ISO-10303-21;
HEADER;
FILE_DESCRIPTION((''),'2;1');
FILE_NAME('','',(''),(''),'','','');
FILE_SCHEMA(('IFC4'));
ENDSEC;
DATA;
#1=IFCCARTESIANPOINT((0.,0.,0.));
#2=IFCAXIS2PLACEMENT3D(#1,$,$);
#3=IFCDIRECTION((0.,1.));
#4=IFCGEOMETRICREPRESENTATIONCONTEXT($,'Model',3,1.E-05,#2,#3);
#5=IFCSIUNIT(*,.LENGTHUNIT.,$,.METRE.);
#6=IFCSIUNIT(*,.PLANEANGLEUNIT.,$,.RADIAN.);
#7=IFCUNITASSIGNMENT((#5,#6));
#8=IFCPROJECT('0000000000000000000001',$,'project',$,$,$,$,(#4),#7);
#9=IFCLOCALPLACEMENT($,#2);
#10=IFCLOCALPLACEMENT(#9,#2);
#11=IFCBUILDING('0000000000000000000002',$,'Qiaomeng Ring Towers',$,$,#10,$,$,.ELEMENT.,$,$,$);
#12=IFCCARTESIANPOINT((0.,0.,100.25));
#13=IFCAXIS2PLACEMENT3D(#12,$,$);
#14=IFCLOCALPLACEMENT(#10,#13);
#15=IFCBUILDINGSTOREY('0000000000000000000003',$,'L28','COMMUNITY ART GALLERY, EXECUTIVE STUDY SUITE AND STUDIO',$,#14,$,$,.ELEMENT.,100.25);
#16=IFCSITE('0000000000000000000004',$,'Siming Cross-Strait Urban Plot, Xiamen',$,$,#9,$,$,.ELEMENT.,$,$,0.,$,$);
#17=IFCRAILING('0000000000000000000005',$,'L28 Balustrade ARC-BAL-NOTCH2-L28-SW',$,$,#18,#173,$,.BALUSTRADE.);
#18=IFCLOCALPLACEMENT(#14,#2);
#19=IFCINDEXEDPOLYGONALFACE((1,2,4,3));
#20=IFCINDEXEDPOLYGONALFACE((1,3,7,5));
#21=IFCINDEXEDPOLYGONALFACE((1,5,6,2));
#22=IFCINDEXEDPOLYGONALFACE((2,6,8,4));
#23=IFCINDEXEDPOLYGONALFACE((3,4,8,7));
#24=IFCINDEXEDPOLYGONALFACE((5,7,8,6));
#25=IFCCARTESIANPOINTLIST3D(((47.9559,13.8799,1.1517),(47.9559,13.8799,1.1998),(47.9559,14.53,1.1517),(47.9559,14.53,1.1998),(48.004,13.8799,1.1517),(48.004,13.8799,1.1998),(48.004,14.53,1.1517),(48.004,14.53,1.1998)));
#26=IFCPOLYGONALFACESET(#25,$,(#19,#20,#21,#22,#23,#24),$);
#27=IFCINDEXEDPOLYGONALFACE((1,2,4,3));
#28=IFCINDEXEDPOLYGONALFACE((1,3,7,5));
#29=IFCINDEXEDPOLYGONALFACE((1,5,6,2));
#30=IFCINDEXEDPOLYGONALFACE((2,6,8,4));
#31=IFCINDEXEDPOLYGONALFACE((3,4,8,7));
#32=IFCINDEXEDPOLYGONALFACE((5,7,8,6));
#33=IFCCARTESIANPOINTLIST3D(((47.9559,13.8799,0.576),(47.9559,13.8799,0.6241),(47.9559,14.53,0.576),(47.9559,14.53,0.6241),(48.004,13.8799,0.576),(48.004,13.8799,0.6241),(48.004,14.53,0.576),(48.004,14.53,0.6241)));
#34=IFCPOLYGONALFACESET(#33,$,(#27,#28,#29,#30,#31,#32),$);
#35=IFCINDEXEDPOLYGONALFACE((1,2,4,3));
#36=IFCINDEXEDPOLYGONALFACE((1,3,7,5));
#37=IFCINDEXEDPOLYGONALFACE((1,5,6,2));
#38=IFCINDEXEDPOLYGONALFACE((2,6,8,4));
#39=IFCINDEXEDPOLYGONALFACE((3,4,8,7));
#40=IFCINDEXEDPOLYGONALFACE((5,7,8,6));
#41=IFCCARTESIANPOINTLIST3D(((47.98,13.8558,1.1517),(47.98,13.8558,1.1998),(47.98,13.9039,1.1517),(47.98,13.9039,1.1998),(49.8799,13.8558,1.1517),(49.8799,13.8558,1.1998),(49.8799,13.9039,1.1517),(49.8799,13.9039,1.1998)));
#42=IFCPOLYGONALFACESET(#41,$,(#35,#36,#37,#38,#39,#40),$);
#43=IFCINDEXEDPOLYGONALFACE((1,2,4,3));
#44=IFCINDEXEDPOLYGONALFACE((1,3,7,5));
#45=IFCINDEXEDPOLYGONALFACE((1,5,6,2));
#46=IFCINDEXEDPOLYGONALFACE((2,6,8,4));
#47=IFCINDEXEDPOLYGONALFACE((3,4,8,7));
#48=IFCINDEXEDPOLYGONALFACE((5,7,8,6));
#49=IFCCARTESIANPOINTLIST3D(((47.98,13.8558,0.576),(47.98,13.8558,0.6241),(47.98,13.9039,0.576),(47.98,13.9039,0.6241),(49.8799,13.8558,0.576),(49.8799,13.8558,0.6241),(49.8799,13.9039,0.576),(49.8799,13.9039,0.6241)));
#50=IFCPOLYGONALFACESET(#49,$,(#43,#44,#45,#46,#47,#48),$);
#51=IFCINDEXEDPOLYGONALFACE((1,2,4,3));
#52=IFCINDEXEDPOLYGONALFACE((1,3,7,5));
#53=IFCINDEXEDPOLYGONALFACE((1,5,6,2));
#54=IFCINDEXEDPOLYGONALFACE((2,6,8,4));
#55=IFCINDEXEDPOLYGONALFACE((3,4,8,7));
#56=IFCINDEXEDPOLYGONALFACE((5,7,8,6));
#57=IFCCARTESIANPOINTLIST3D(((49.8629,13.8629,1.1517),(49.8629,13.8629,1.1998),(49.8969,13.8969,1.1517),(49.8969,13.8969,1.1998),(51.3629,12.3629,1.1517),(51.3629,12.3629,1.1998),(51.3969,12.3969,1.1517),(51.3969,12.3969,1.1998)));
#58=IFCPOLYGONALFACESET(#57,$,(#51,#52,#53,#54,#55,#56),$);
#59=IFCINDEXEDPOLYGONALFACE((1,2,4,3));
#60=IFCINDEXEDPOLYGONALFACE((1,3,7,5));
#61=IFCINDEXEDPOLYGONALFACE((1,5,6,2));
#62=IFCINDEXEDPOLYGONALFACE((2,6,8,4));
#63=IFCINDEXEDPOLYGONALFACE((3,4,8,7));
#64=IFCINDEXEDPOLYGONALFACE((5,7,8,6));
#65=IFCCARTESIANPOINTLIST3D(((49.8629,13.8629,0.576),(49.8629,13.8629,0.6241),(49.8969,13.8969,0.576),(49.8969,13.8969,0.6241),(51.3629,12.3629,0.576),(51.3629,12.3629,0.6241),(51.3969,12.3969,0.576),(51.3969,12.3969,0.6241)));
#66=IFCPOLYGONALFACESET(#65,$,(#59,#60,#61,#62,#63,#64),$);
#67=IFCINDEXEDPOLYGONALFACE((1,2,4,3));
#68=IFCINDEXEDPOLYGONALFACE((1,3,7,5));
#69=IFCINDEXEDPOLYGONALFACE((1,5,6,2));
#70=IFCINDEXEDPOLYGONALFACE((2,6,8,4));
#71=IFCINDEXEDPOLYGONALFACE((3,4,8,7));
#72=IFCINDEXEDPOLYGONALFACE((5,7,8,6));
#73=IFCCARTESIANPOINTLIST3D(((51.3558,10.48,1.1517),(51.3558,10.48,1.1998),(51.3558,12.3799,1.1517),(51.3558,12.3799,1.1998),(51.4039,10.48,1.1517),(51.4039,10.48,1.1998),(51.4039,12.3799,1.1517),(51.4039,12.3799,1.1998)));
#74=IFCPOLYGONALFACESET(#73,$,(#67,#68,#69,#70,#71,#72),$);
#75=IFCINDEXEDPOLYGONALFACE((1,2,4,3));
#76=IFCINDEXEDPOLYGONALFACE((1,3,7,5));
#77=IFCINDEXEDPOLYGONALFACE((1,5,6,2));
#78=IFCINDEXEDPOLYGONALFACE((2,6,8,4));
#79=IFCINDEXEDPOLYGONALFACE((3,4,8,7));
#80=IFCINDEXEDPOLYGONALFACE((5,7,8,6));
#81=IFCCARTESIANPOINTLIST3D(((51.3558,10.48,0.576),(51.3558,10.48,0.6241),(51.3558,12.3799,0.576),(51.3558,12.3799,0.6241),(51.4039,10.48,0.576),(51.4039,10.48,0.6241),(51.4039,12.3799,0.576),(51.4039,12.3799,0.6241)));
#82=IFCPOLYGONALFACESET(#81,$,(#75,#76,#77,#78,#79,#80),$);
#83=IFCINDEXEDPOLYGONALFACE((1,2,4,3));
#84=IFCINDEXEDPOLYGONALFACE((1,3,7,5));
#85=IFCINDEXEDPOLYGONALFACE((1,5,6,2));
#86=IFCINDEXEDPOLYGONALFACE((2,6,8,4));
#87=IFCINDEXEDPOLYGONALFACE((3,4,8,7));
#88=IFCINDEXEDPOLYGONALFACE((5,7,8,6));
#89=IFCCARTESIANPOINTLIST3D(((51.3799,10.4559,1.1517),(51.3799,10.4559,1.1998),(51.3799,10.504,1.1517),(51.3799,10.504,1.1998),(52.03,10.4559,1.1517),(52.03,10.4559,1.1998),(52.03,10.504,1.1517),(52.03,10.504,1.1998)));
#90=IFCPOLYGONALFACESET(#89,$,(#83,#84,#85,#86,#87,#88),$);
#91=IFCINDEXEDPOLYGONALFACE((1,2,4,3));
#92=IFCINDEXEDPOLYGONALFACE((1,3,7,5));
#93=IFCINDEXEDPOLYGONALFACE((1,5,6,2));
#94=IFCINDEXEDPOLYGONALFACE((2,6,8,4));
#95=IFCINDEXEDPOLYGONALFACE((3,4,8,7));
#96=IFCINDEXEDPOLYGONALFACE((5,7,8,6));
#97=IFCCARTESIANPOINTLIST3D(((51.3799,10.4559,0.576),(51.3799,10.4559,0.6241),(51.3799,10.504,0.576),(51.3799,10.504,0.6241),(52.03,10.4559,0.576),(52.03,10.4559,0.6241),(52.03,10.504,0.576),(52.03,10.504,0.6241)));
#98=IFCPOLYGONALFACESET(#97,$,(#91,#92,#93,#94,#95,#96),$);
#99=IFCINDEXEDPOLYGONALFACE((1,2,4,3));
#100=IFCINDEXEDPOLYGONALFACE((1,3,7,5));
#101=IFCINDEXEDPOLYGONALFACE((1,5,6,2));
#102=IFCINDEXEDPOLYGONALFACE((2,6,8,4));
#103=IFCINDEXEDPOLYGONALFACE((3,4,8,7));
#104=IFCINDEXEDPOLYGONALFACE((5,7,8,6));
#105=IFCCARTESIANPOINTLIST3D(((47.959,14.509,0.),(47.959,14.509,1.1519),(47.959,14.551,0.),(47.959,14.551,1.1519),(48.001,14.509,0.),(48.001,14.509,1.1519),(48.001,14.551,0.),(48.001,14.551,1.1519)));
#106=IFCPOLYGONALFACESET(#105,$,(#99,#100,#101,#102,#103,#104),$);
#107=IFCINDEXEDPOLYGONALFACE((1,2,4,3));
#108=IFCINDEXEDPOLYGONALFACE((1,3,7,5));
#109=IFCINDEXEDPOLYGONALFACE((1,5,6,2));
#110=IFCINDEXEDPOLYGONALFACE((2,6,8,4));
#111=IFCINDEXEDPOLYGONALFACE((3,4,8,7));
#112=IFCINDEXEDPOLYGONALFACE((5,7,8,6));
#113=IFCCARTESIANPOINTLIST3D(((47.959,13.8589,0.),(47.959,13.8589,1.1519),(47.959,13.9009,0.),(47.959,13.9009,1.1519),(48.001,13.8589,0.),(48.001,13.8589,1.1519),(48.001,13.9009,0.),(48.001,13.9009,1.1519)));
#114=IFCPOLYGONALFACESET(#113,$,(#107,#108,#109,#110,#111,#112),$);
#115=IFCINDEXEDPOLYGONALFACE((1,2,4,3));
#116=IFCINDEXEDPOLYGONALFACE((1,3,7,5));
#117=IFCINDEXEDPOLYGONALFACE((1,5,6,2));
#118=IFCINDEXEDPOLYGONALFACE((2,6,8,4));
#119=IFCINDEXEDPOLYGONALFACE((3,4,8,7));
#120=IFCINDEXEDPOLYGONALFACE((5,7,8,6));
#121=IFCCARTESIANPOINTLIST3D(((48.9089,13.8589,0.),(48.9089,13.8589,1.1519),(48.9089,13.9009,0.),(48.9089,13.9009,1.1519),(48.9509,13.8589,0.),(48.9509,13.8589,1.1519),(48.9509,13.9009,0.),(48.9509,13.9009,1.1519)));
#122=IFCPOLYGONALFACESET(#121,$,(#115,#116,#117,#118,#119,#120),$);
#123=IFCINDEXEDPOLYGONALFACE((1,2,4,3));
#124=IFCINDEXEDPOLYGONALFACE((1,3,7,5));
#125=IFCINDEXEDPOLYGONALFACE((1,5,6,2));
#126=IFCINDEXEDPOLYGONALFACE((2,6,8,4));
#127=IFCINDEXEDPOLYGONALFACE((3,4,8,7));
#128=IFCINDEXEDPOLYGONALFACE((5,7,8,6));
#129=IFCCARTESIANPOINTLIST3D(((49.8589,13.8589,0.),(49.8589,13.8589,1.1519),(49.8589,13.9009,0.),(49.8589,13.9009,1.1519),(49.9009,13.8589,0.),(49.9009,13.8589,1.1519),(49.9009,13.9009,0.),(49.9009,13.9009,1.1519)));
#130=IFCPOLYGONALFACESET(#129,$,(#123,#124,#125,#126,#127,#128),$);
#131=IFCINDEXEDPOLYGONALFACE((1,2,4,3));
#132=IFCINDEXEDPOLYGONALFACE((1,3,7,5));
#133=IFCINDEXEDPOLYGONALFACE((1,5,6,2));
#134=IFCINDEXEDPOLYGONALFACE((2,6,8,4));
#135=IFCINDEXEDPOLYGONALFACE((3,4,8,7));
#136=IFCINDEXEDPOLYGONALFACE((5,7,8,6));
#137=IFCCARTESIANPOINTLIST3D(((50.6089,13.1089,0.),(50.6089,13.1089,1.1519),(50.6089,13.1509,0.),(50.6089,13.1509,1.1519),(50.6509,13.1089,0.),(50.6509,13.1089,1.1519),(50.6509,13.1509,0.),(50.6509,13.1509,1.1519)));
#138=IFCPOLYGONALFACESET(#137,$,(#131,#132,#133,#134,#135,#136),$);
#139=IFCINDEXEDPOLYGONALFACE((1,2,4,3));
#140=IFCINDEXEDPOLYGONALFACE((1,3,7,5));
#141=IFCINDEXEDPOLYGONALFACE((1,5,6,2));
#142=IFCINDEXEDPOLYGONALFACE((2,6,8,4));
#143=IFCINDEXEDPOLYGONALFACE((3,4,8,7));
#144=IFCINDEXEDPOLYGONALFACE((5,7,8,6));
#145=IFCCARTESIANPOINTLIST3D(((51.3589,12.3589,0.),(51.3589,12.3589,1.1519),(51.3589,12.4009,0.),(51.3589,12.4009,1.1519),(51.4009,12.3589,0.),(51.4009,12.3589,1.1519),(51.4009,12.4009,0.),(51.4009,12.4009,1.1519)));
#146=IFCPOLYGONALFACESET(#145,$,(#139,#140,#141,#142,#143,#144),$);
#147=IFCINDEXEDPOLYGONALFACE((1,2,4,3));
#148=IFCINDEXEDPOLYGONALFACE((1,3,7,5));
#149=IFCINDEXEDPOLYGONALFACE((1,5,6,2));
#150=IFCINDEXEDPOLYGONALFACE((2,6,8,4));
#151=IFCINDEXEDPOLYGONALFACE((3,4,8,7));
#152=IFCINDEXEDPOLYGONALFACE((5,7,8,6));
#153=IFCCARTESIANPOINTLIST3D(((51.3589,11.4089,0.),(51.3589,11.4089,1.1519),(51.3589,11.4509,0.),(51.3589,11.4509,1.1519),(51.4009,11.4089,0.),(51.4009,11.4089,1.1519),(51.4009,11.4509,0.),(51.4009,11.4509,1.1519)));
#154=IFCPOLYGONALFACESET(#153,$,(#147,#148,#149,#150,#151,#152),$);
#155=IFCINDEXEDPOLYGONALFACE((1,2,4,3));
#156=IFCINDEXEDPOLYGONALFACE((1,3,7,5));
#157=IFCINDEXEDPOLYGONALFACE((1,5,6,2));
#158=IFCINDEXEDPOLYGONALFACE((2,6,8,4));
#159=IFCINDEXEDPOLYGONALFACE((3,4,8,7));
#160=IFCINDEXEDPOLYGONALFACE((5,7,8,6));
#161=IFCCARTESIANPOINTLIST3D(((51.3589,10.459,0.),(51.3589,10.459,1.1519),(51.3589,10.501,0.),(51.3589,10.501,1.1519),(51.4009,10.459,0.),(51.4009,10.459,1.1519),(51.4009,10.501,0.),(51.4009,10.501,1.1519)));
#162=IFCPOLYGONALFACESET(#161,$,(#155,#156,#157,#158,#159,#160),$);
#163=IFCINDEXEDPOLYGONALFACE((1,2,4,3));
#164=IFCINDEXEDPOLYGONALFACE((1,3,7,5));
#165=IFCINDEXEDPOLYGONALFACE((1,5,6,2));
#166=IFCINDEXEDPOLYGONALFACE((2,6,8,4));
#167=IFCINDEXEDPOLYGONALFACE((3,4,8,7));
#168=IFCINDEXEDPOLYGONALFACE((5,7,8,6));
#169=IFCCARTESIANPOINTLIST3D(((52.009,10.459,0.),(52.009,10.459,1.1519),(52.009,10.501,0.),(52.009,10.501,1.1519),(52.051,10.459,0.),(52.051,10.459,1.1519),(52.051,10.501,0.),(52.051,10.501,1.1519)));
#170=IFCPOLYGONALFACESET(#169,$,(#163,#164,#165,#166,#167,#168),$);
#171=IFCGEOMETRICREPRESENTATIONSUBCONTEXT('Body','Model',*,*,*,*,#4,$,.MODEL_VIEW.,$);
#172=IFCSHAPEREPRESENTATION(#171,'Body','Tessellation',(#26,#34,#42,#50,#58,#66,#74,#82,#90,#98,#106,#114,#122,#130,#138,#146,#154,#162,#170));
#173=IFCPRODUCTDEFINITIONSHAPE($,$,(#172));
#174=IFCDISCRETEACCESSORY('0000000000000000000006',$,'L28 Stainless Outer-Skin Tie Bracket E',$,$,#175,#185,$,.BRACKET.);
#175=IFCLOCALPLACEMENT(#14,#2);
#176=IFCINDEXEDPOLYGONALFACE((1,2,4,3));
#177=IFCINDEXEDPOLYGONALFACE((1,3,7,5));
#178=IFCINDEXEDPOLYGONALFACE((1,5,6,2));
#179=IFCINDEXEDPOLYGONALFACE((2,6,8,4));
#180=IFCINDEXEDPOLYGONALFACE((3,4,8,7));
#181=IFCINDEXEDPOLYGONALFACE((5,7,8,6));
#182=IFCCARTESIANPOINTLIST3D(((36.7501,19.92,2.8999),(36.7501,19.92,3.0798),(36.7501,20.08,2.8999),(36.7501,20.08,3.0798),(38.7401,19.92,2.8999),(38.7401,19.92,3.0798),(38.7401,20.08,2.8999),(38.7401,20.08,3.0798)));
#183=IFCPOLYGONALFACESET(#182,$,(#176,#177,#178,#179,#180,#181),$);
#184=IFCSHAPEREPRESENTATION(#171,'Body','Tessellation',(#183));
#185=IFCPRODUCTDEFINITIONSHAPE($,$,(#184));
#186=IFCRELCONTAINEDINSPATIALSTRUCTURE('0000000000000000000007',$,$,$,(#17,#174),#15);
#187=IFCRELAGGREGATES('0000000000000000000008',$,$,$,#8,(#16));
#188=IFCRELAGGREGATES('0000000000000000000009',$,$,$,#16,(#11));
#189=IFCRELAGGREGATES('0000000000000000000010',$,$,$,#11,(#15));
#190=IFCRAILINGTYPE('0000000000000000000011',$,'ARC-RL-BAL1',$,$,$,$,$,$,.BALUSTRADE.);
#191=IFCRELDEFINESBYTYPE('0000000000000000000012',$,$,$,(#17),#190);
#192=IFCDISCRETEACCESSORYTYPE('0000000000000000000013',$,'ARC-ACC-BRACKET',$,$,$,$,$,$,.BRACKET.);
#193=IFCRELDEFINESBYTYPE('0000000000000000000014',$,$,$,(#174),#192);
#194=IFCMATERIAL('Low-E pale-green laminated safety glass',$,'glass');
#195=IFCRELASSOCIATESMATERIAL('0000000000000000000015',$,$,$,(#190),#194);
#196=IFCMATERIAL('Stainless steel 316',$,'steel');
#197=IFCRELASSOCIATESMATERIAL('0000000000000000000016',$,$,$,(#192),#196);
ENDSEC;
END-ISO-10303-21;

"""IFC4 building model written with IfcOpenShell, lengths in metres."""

from ifc_helpers import new_model, si_unit, direction, frame, origin, origin_2d, place, context, subcontext, project, spatial, rectangle, extrude, source, transform, mapped, material, type_object, element, save


model = new_model("IFC4")

# Units and contexts
model_context = context("Model", 3, precision=1e-05, world=origin(), true_north=direction((0.0, 1.0)))
body_context = subcontext(model_context, "Body", "Model", "MODEL_VIEW")
ifc_project = project(units=[si_unit("LENGTHUNIT", "METRE"), si_unit("PLANEANGLEUNIT", "RADIAN")], contexts=[model_context])

# Site, building, storey
site_placement = place(None, origin())
site = spatial("IfcSite", under=ifc_project, at=site_placement, Name="Siming Cross-Strait Urban Plot, Xiamen", CompositionType="ELEMENT", RefElevation=0.0)
building_placement = place(site_placement, origin())
building = spatial("IfcBuilding", under=site, at=building_placement, Name="Qiaomeng Ring Towers", CompositionType="ELEMENT")
storey_placement = place(building_placement, frame((0.0, 0.0, 100.25)))
storey = spatial("IfcBuildingStorey", under=building, at=storey_placement, Name="L28", Description="COMMUNITY ART GALLERY, EXECUTIVE STUDY SUITE AND STUDIO", CompositionType="ELEMENT", Elevation=100.25)

# Railing
ifc_material_1 = material(Name="Low-E pale-green laminated safety glass", Category="glass")
railing_type = type_object("IfcRailingType", Name="ARC-RL-BAL1", PredefinedType="BALUSTRADE", material=ifc_material_1)
railing_1_placement = place(storey_placement, frame((47.98, 14.53, 0.0)))
element("IfcRailing", 1, at=railing_1_placement, inside=storey, type_object=railing_type, Name="L28 Balustrade ARC-BAL-NOTCH2-L28-SW", PredefinedType="BALUSTRADE", context=body_context, shape_type="SweptSolid", body=[
    extrude(rectangle(XDim=0.0481, YDim=0.0481, at=origin_2d()), frame((0.0, 0.0, 1.1758), z_axis=(0.0, -1.0, 0.0), x_axis=(1.0, 0.0, 0.0)), (0.0, 0.0, 1.0), 0.6501),
    extrude(rectangle(XDim=0.0481, YDim=0.0481, at=origin_2d()), frame((0.0, 0.0, 0.6001), z_axis=(0.0, -1.0, 0.0), x_axis=(1.0, 0.0, 0.0)), (0.0, 0.0, 1.0), 0.6501),
    extrude(rectangle(XDim=0.0481, YDim=0.0481, at=origin_2d()), frame((0.0, -0.6501, 1.1758), z_axis=(1.0, 0.0, 0.0), x_axis=(0.0, 1.0, 0.0)), (0.0, 0.0, 1.0), 1.8999),
    extrude(rectangle(XDim=0.0481, YDim=0.0481, at=origin_2d()), frame((0.0, -0.6501, 0.6001), z_axis=(1.0, 0.0, 0.0), x_axis=(0.0, 1.0, 0.0)), (0.0, 0.0, 1.0), 1.8999),
    extrude(rectangle(XDim=0.0481, YDim=0.0481, at=origin_2d()), frame((1.8999, -0.6501, 1.1758), z_axis=(0.707107, -0.707107, 0.0), x_axis=(0.707107, 0.707107, 0.0)), (0.0, 0.0, 1.0), 2.1213),
    extrude(rectangle(XDim=0.0481, YDim=0.0481, at=origin_2d()), frame((1.8999, -0.6501, 0.6001), z_axis=(0.707107, -0.707107, 0.0), x_axis=(0.707107, 0.707107, 0.0)), (0.0, 0.0, 1.0), 2.1213),
    extrude(rectangle(XDim=0.0481, YDim=0.0481, at=origin_2d()), frame((3.3999, -2.1501, 1.1758), z_axis=(0.0, -1.0, 0.0), x_axis=(1.0, 0.0, 0.0)), (0.0, 0.0, 1.0), 1.8999),
    extrude(rectangle(XDim=0.0481, YDim=0.0481, at=origin_2d()), frame((3.3999, -2.1501, 0.6001), z_axis=(0.0, -1.0, 0.0), x_axis=(1.0, 0.0, 0.0)), (0.0, 0.0, 1.0), 1.8999),
    extrude(rectangle(XDim=0.0481, YDim=0.0481, at=origin_2d()), frame((3.3999, -4.05, 1.1758), z_axis=(1.0, 0.0, 0.0), x_axis=(0.0, 1.0, 0.0)), (0.0, 0.0, 1.0), 0.6501),
    extrude(rectangle(XDim=0.0481, YDim=0.0481, at=origin_2d()), frame((3.3999, -4.05, 0.6001), z_axis=(1.0, 0.0, 0.0), x_axis=(0.0, 1.0, 0.0)), (0.0, 0.0, 1.0), 0.6501),
    extrude(rectangle(XDim=0.042, YDim=0.042, at=origin_2d()), origin(), (0.0, 0.0, 1.0), 1.1519),
    extrude(rectangle(XDim=0.042, YDim=0.042, at=origin_2d()), frame((0.0, -0.6501, 0.0)), (0.0, 0.0, 1.0), 1.1519),
    extrude(rectangle(XDim=0.042, YDim=0.042, at=origin_2d()), frame((0.95, -0.6501, 0.0)), (0.0, 0.0, 1.0), 1.1519),
    extrude(rectangle(XDim=0.042, YDim=0.042, at=origin_2d()), frame((1.8999, -0.6501, 0.0)), (0.0, 0.0, 1.0), 1.1519),
    extrude(rectangle(XDim=0.042, YDim=0.042, at=origin_2d()), frame((2.6499, -1.4001, 0.0)), (0.0, 0.0, 1.0), 1.1519),
    extrude(rectangle(XDim=0.042, YDim=0.042, at=origin_2d()), frame((3.3999, -2.1501, 0.0)), (0.0, 0.0, 1.0), 1.1519),
    extrude(rectangle(XDim=0.042, YDim=0.042, at=origin_2d()), frame((3.3999, -3.1001, 0.0)), (0.0, 0.0, 1.0), 1.1519),
    extrude(rectangle(XDim=0.042, YDim=0.042, at=origin_2d()), frame((3.3999, -4.05, 0.0)), (0.0, 0.0, 1.0), 1.1519),
    extrude(rectangle(XDim=0.042, YDim=0.042, at=origin_2d()), frame((4.05, -4.05, 0.0)), (0.0, 0.0, 1.0), 1.1519),
])

# Discrete accessory
ifc_material_2 = material(Name="Stainless steel 316", Category="steel")
discrete_accessory_type = type_object("IfcDiscreteAccessoryType", Name="ARC-ACC-BRACKET", PredefinedType="BRACKET", material=ifc_material_2)
shared_shape_1 = source(origin(), body_context, "Body", "SweptSolid", [
    extrude(rectangle(XDim=1.99, YDim=0.1599, at=origin_2d()), origin(), (0.0, 0.0, 1.0), 0.1799),
])
discrete_accessory_placement = place(storey_placement, frame((37.7451, 20.0, 2.8999), z_axis=(0.0, 0.0, 1.0), x_axis=(1.0, 0.0, 0.0)))
element("IfcDiscreteAccessory", 2, at=discrete_accessory_placement, inside=storey, type_object=discrete_accessory_type, Name="L28 Stainless Outer-Skin Tie Bracket E", PredefinedType="BRACKET", context=body_context, shape_type="MappedRepresentation", body=[
    mapped(shared_shape_1, transform((0.0, 0.0, 0.0), x_axis=(1.0, 0.0, 0.0), y_axis=(0.0, 1.0, 0.0), z_axis=(0.0, 0.0, 1.0), scale=1.0)),
])

save(model, "model.ifc")
